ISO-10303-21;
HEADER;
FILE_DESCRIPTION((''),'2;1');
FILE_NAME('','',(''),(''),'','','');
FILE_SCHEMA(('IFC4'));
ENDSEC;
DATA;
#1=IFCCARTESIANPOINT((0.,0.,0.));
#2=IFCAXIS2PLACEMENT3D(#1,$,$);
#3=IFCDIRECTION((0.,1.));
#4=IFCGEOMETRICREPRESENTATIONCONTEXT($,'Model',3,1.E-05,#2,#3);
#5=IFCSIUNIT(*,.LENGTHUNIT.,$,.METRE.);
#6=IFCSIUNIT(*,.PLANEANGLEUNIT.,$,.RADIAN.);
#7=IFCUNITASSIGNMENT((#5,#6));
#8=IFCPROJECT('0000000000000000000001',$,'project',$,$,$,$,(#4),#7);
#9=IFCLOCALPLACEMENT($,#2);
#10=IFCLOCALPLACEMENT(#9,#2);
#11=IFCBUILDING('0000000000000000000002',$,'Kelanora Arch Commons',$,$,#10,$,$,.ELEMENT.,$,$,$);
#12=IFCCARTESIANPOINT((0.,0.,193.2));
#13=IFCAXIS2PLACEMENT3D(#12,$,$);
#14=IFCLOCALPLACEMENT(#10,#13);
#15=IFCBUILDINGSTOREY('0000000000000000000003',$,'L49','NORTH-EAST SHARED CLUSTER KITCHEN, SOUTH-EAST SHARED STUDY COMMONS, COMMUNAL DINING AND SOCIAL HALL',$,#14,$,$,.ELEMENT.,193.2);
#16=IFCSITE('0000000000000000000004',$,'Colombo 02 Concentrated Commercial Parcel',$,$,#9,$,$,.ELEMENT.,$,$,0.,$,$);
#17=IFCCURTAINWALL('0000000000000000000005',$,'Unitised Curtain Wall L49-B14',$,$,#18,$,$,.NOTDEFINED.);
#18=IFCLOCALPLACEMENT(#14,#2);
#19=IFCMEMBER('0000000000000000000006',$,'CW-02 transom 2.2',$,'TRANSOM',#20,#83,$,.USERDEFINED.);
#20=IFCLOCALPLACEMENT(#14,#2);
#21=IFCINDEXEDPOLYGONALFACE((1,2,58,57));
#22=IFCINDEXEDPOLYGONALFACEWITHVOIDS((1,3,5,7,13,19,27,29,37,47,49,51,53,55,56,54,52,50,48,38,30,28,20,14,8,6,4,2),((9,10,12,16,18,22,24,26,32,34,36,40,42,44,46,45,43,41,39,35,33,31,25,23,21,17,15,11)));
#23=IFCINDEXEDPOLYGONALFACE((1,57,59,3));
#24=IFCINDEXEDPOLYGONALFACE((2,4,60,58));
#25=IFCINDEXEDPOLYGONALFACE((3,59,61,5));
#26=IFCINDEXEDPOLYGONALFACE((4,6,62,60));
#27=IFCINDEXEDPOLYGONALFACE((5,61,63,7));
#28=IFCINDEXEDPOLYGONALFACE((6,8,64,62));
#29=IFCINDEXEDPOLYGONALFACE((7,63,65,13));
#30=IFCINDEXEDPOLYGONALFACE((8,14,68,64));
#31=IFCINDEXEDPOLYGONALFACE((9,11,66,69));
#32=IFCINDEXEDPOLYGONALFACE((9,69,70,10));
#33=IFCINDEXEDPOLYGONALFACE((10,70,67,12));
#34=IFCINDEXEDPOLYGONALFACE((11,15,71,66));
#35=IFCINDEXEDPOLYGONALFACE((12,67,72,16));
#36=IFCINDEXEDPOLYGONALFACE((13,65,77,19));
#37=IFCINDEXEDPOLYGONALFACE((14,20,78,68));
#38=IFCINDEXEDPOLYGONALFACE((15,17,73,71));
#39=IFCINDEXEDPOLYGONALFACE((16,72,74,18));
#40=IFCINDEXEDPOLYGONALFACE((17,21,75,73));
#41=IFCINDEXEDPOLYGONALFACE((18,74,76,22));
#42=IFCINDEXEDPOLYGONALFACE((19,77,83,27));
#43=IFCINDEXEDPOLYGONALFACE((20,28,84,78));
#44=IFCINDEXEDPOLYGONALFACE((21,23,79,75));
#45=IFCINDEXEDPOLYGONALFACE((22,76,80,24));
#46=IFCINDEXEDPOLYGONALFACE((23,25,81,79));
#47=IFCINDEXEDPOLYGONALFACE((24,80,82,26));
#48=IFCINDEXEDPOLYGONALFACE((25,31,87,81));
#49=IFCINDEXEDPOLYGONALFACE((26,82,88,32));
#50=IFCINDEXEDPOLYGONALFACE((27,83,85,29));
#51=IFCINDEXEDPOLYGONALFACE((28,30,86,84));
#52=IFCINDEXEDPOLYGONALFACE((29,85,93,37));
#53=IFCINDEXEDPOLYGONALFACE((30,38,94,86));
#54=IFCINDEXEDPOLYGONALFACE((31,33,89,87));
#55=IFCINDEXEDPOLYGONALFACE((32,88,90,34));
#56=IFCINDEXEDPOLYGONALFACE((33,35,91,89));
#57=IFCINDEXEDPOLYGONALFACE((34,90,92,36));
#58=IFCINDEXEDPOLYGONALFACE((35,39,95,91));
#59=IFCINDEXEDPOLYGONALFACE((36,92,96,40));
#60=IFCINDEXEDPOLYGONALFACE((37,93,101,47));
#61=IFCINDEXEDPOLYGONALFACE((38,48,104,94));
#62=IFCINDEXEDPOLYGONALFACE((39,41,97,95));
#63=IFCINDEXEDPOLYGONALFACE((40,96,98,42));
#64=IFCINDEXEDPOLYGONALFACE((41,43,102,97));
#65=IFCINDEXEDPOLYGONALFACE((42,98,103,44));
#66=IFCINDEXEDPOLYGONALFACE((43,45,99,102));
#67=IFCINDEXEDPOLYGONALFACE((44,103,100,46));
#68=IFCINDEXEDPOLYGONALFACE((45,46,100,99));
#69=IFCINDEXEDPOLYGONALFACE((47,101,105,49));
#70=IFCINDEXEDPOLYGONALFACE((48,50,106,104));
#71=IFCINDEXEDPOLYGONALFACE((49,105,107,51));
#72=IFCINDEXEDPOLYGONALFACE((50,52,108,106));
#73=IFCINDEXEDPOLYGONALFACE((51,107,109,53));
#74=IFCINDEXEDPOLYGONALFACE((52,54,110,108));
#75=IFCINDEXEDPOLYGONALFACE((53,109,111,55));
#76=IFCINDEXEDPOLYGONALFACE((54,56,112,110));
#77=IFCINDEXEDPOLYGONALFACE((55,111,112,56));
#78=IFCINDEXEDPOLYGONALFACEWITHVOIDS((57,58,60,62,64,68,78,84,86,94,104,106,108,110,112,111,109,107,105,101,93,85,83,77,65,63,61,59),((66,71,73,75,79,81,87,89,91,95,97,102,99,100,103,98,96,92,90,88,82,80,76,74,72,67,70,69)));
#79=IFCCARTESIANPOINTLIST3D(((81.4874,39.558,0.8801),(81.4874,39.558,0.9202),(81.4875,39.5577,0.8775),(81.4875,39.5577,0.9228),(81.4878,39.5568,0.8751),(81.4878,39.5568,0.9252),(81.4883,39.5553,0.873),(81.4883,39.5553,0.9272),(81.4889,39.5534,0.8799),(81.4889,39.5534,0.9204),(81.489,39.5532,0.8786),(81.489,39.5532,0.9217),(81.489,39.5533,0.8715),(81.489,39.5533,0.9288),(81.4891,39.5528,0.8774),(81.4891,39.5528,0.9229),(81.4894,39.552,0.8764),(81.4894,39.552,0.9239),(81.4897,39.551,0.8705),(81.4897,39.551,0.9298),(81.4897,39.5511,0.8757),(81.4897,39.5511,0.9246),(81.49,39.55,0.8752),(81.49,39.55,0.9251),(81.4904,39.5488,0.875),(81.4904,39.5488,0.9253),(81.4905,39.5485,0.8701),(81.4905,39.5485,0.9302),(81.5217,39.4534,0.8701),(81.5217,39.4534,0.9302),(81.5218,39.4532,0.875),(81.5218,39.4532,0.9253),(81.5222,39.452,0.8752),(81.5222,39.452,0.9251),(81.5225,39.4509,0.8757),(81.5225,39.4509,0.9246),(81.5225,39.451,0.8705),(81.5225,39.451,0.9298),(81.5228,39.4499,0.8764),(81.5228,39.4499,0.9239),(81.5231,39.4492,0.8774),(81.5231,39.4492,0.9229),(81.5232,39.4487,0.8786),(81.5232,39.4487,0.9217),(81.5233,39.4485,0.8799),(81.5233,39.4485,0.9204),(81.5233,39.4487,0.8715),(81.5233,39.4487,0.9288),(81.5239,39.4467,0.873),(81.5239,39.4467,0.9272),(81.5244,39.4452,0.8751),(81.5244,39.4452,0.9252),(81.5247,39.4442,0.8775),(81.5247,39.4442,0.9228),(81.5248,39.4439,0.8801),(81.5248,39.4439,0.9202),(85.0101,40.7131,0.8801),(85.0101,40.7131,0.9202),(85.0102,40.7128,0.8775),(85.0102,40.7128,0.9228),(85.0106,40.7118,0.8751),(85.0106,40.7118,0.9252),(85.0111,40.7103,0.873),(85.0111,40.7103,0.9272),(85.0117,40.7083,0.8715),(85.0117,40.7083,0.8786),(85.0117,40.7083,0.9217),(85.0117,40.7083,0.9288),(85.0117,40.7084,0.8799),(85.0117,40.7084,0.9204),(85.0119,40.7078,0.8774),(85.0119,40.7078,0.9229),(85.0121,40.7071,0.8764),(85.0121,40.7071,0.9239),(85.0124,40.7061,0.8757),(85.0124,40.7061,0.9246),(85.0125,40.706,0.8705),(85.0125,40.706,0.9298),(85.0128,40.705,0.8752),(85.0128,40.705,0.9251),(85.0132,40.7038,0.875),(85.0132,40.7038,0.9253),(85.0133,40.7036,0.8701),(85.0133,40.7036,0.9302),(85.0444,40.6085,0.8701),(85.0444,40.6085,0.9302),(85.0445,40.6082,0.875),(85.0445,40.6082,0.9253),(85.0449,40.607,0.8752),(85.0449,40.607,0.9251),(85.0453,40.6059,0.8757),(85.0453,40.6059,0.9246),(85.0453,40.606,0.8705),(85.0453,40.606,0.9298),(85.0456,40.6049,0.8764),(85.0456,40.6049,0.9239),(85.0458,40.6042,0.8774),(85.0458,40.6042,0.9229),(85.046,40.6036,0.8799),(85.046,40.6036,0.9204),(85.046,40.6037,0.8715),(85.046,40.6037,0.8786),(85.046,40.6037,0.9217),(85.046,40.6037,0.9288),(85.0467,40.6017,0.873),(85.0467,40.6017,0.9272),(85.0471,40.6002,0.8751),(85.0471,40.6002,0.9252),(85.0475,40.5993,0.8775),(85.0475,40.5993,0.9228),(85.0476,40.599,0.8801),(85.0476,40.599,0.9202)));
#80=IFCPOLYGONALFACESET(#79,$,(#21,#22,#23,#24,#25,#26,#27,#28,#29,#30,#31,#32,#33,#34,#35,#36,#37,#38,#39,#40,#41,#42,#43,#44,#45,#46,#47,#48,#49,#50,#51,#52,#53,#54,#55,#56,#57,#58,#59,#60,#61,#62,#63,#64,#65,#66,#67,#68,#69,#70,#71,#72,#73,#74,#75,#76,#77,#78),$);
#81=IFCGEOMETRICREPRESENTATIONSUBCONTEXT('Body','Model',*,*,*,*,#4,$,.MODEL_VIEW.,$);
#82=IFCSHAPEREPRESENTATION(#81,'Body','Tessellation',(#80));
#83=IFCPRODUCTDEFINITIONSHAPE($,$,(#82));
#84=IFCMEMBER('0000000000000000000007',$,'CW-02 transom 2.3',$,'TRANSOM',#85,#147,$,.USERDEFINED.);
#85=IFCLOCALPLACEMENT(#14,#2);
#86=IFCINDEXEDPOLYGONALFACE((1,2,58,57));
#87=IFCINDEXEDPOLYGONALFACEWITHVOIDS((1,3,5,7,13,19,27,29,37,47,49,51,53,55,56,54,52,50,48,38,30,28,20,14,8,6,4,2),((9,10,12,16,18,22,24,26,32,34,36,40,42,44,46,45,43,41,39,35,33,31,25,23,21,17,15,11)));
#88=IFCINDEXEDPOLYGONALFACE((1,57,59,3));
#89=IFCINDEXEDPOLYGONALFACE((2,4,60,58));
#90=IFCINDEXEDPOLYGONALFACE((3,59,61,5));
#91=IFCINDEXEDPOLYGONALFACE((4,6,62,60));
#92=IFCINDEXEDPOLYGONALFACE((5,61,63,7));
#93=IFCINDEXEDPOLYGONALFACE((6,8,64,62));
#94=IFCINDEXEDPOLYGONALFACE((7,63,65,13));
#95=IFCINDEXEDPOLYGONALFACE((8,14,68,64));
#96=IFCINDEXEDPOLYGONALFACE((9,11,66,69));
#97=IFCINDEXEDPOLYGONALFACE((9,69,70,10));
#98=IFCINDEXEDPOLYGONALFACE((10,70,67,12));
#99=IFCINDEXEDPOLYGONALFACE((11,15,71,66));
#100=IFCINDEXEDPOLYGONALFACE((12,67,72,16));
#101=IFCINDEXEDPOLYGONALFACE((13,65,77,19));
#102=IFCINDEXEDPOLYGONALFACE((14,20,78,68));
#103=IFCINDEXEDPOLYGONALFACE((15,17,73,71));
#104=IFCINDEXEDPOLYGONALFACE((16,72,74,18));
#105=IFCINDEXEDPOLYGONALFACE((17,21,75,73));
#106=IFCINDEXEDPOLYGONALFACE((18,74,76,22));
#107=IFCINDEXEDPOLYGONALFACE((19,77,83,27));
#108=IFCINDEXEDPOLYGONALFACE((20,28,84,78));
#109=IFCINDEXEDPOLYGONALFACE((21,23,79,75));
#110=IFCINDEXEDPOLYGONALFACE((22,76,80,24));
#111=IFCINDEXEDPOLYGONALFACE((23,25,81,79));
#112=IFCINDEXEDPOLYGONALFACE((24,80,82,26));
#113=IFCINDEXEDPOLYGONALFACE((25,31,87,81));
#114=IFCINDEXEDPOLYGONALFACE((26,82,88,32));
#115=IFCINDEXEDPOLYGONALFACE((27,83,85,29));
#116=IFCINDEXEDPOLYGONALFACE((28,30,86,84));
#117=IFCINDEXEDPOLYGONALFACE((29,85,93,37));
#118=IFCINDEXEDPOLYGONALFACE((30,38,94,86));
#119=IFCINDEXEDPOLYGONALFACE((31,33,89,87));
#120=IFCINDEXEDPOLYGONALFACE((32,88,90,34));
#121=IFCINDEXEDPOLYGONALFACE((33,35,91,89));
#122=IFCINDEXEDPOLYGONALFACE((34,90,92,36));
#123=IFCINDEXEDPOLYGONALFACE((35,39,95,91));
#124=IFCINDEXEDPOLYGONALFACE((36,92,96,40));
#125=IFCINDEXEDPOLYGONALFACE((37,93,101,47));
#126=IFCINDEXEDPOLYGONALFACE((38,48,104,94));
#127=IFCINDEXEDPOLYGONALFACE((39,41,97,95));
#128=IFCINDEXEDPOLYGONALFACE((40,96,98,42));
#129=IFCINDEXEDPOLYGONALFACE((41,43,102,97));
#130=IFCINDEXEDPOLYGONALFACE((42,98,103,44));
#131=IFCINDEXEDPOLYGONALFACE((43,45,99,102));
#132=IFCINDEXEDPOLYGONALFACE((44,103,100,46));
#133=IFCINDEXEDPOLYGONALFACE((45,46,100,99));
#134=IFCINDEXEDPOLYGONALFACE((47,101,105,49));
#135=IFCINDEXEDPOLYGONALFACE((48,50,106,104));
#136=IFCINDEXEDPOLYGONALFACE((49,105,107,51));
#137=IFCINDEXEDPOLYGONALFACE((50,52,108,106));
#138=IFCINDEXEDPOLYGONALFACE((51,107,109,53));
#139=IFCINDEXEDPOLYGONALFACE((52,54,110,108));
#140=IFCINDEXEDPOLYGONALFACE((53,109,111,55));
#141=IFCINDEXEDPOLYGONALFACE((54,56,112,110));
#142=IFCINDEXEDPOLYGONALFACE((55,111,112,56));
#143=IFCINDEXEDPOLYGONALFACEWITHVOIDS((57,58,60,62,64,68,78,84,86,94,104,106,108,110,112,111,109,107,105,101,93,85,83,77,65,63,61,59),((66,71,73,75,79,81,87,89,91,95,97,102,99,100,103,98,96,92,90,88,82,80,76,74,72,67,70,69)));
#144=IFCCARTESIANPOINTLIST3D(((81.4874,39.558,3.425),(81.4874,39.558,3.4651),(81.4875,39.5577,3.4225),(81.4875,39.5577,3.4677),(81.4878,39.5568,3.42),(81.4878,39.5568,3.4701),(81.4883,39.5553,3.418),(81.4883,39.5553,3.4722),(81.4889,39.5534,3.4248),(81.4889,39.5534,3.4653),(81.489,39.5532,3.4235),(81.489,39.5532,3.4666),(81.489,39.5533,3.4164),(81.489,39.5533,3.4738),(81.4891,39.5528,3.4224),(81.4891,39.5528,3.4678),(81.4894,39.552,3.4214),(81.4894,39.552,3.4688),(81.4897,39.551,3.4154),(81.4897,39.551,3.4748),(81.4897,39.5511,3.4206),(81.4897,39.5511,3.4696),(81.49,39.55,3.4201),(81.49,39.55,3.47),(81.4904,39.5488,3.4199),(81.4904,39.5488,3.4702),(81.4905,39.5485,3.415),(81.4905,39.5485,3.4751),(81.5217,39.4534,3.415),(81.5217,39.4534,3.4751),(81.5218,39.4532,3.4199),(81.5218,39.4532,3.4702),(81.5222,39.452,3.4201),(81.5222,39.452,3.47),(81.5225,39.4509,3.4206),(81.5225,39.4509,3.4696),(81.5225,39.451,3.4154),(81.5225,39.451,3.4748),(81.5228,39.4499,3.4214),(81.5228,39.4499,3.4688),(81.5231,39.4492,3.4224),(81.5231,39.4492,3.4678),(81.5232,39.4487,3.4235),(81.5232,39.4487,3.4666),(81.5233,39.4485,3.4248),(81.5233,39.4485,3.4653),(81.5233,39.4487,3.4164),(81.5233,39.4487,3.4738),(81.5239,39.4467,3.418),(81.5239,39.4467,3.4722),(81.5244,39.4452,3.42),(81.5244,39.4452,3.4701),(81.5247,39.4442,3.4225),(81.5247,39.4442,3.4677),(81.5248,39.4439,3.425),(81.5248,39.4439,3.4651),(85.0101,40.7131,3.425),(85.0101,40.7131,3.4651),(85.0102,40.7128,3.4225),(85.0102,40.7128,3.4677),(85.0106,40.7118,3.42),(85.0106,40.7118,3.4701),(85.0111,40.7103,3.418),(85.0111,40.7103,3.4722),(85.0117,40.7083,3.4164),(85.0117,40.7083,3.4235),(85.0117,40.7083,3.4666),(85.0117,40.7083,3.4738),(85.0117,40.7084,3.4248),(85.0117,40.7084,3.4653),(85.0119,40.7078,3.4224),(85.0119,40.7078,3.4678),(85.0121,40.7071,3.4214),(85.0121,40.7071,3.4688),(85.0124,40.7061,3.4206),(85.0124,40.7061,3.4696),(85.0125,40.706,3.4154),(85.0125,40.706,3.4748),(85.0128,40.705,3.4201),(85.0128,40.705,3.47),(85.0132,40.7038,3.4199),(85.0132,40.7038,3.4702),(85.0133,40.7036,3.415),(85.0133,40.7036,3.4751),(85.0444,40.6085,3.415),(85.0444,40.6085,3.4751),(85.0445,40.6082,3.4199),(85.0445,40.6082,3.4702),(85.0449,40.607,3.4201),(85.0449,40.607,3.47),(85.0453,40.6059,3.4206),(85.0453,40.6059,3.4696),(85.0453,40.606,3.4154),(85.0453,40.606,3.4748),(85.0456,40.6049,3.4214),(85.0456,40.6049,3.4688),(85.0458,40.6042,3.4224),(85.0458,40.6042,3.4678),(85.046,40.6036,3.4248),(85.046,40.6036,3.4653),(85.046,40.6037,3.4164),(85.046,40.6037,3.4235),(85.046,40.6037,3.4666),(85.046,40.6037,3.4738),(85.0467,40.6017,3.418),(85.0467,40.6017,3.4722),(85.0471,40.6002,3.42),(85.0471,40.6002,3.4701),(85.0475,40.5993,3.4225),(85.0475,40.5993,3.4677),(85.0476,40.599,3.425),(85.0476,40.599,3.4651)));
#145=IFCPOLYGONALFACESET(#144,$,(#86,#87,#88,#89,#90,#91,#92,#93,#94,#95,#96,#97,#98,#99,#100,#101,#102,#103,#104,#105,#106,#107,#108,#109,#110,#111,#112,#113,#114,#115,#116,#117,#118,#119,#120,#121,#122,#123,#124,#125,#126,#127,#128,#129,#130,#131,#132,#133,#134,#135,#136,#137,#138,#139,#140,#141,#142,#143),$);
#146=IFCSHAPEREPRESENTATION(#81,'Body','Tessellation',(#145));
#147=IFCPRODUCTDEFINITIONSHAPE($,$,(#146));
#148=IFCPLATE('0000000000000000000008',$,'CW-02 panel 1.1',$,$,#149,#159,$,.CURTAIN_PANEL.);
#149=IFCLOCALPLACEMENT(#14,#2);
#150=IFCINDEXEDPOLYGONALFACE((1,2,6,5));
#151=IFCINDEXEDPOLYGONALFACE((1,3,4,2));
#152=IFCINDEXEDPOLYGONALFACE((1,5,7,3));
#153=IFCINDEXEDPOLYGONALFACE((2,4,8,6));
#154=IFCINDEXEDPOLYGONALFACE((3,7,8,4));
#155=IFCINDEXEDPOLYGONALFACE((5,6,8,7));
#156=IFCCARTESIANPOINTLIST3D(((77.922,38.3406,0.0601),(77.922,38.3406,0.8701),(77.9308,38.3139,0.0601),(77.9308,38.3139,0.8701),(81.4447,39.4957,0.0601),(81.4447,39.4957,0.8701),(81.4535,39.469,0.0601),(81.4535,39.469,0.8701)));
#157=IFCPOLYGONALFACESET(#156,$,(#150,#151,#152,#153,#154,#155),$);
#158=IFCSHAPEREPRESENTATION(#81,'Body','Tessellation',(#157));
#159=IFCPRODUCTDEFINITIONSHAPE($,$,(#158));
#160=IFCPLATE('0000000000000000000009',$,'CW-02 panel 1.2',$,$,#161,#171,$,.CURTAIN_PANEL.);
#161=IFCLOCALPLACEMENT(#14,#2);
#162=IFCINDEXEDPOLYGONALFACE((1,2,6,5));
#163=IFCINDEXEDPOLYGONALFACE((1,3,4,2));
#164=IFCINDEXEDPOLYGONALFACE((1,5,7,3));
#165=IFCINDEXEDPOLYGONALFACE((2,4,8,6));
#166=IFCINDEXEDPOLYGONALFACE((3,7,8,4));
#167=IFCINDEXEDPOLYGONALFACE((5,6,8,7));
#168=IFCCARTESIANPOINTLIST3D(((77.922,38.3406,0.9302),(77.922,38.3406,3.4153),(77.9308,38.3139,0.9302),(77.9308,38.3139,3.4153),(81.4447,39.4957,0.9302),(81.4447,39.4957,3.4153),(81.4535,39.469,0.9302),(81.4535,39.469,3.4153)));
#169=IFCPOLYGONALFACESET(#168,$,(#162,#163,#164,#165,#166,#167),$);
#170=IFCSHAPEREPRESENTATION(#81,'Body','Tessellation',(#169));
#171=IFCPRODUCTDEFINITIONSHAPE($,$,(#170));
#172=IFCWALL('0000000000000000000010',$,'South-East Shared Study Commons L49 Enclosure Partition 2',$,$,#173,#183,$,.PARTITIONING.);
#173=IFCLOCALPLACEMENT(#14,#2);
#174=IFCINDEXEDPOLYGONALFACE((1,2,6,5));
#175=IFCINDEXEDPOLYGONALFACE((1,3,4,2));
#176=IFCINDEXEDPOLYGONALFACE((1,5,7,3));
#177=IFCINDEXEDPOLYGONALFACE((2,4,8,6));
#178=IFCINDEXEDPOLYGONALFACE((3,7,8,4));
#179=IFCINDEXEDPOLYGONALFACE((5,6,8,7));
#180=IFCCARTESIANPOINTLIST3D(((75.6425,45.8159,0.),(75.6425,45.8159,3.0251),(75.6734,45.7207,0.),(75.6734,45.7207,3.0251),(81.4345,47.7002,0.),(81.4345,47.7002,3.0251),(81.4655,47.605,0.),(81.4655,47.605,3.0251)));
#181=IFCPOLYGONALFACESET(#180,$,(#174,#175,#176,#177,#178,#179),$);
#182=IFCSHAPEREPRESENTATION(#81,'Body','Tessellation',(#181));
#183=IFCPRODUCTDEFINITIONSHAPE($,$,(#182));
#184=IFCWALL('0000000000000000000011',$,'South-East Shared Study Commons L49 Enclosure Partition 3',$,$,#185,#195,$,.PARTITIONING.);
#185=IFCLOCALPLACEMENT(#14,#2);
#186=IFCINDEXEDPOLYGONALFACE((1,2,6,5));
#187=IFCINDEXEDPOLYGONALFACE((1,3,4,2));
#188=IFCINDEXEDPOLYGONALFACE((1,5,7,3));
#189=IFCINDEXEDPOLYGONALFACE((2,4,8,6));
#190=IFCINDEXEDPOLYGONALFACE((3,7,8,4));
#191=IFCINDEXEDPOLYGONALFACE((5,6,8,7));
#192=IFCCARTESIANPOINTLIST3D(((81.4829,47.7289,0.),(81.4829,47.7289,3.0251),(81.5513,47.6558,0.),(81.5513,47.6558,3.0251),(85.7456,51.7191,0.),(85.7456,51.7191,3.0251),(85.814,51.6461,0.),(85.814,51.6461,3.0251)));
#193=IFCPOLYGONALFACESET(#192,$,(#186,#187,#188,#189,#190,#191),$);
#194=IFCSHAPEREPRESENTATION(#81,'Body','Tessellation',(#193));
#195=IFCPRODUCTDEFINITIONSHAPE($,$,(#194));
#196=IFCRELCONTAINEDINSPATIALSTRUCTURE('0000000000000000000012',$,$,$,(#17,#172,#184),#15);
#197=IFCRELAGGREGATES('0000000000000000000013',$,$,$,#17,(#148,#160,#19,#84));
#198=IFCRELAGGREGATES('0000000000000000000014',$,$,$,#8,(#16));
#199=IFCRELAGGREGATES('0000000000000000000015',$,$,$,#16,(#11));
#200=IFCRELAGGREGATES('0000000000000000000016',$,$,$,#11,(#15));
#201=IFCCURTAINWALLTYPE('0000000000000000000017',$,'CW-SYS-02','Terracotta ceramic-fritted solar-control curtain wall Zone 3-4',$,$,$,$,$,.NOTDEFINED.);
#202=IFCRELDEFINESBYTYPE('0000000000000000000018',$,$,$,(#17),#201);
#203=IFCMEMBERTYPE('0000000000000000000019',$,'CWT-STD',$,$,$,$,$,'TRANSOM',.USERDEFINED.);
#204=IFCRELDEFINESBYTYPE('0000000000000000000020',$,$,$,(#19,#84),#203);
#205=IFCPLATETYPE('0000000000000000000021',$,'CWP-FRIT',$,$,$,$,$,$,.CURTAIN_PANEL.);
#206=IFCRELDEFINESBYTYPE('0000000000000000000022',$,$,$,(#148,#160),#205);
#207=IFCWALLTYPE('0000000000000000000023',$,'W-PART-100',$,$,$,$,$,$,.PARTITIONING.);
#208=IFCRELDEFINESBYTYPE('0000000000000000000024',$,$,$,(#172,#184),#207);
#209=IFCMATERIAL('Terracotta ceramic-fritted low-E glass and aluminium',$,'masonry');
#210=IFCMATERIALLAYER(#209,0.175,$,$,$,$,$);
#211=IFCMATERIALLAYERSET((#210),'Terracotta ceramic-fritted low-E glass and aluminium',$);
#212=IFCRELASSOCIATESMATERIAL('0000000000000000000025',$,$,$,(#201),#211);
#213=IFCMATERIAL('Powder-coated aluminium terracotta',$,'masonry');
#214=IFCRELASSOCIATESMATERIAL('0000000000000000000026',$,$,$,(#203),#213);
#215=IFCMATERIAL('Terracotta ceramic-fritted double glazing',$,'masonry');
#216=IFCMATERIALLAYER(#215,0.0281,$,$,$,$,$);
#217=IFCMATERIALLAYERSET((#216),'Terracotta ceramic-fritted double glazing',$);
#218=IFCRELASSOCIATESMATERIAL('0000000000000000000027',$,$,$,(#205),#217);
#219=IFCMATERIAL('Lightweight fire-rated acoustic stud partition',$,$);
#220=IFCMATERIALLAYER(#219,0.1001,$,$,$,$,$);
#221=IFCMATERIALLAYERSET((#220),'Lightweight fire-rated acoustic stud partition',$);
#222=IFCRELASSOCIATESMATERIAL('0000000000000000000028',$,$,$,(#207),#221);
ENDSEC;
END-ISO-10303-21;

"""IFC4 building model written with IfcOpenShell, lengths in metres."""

from ifc_helpers import new_model, si_unit, direction, frame, frame_2d, origin, origin_2d, place, context, subcontext, project, spatial, rectangle, hollow_rectangle, extrude, source, transform, mapped, material, layer, layer_set, material_profile, profile_set, type_object, element, aggregate, save


model = new_model("IFC4")

# Units and contexts
model_context = context("Model", 3, precision=1e-05, world=origin(), true_north=direction((0.0, 1.0)))
body_context = subcontext(model_context, "Body", "Model", "MODEL_VIEW")
ifc_project = project(units=[si_unit("LENGTHUNIT", "METRE"), si_unit("PLANEANGLEUNIT", "RADIAN")], contexts=[model_context])

# Site, building, storey
site_placement = place(None, origin())
site = spatial("IfcSite", under=ifc_project, at=site_placement, Name="Colombo 02 Concentrated Commercial Parcel", CompositionType="ELEMENT", RefElevation=0.0)
building_placement = place(site_placement, origin())
building = spatial("IfcBuilding", under=site, at=building_placement, Name="Kelanora Arch Commons", CompositionType="ELEMENT")
storey_placement = place(building_placement, frame((0.0, 0.0, 193.2)))
storey = spatial("IfcBuildingStorey", under=building, at=storey_placement, Name="L49", Description="NORTH-EAST SHARED CLUSTER KITCHEN, SOUTH-EAST SHARED STUDY COMMONS, COMMUNAL DINING AND SOCIAL HALL", CompositionType="ELEMENT", Elevation=193.2)

# Curtain wall, members, plates
ifc_material_1 = material(Name="Terracotta ceramic-fritted low-E glass and aluminium", Category="masonry")
ifc_layer_1 = layer(ifc_material_1, 0.175)
ifc_layer_set_1 = layer_set([ifc_layer_1], Name="Terracotta ceramic-fritted low-E glass and aluminium")
curtain_wall_type = type_object("IfcCurtainWallType", Name="CW-SYS-02", Description="Terracotta ceramic-fritted solar-control curtain wall Zone 3-4", PredefinedType="NOTDEFINED", material=ifc_layer_set_1)
curtain_wall_placement = place(storey_placement, origin())
curtain_wall = element("IfcCurtainWall", 1, at=curtain_wall_placement, inside=storey, type_object=curtain_wall_type, Name="Unitised Curtain Wall L49-B14", PredefinedType="NOTDEFINED")
ifc_material_2 = material(Name="Powder-coated aluminium terracotta", Category="masonry")
ifc_material_profile_1 = material_profile(ifc_material_2, hollow_rectangle(XDim=0.1201, YDim=0.0601, WallThickness=0.0049, InnerFilletRadius=0.0049, OuterFilletRadius=0.01, at=origin_2d()), Name="CWT120x60")
ifc_profile_set_1 = profile_set([ifc_material_profile_1], Name="Powder-coated aluminium terracotta")
member_type_1 = type_object("IfcMemberType", Name="CWT-STD", ElementType="TRANSOM", PredefinedType="USERDEFINED", material=ifc_profile_set_1)
member_1_placement = place(storey_placement, frame((81.5061, 39.501, 0.9001), z_axis=(0.950226, 0.311561, 0.0), x_axis=(-0.311561, 0.950226, 0.0)))
member_1 = element("IfcMember", 2, at=member_1_placement, type_object=member_type_1, Name="CW-02 transom 2.2", ObjectType="TRANSOM", PredefinedType="USERDEFINED", context=body_context, shape_type="SweptSolid", body=[
    extrude(hollow_rectangle(XDim=0.1201, YDim=0.0601, WallThickness=0.0049, InnerFilletRadius=0.0049, OuterFilletRadius=0.01, at=origin_2d()), origin(), (0.0, 0.0, 1.0), 3.7073),
])
member_2_placement = place(storey_placement, frame((81.5061, 39.501, 3.4451), z_axis=(0.950226, 0.311561, 0.0), x_axis=(-0.311561, 0.950226, 0.0)))
member_2 = element("IfcMember", 3, at=member_2_placement, type_object=member_type_1, Name="CW-02 transom 2.3", ObjectType="TRANSOM", PredefinedType="USERDEFINED", context=body_context, shape_type="SweptSolid", body=[
    extrude(hollow_rectangle(XDim=0.1201, YDim=0.0601, WallThickness=0.0049, InnerFilletRadius=0.0049, OuterFilletRadius=0.01, at=origin_2d()), origin(), (0.0, 0.0, 1.0), 3.7073),
])
ifc_material_3 = material(Name="Terracotta ceramic-fritted double glazing", Category="masonry")
ifc_layer_2 = layer(ifc_material_3, 0.0281)
ifc_layer_set_2 = layer_set([ifc_layer_2], Name="Terracotta ceramic-fritted double glazing")
plate_type = type_object("IfcPlateType", Name="CWP-FRIT", PredefinedType="CURTAIN_PANEL", material=ifc_layer_set_2)
shared_shape_1 = source(origin(), body_context, "Body", "SweptSolid", [
    extrude(rectangle(XDim=3.7073, YDim=0.0281, at=origin_2d()), origin(), (0.0, 0.0, 1.0), 0.8101),
])
plate_1_placement = place(storey_placement, frame((79.6877, 38.9048, 0.0601), z_axis=(0.0, 0.0, 1.0), x_axis=(0.950219, 0.311582, 0.0)))
plate_1 = element("IfcPlate", 4, at=plate_1_placement, type_object=plate_type, Name="CW-02 panel 1.1", PredefinedType="CURTAIN_PANEL", context=body_context, shape_type="MappedRepresentation", body=[
    mapped(shared_shape_1, transform((0.0, 0.0, 0.0), scale=1.0)),
])
shared_shape_2 = source(origin(), body_context, "Body", "SweptSolid", [
    extrude(rectangle(XDim=3.7073, YDim=0.0281, at=origin_2d()), origin(), (0.0, 0.0, 1.0), 2.4851),
])
plate_2_placement = place(storey_placement, frame((79.6877, 38.9048, 0.9302), z_axis=(0.0, 0.0, 1.0), x_axis=(0.950219, 0.311582, 0.0)))
plate_2 = element("IfcPlate", 5, at=plate_2_placement, type_object=plate_type, Name="CW-02 panel 1.2", PredefinedType="CURTAIN_PANEL", context=body_context, shape_type="MappedRepresentation", body=[
    mapped(shared_shape_2, transform((0.0, 0.0, 0.0), scale=1.0)),
])
aggregate(curtain_wall, [plate_1, plate_2, member_1, member_2])

# Walls
ifc_material_4 = material(Name="Lightweight fire-rated acoustic stud partition")
ifc_layer_3 = layer(ifc_material_4, 0.1001)
ifc_layer_set_3 = layer_set([ifc_layer_3], Name="Lightweight fire-rated acoustic stud partition")
wall_type = type_object("IfcWallType", Name="W-PART-100", PredefinedType="PARTITIONING", material=ifc_layer_set_3)
wall_1_placement = place(storey_placement, frame((75.658, 45.7683, 0.0), z_axis=(0.0, 0.0, 1.0), x_axis=(0.950943, 0.309365, 0.0)))
element("IfcWall", 6, at=wall_1_placement, inside=storey, type_object=wall_type, Name="South-East Shared Study Commons L49 Enclosure Partition 2", PredefinedType="PARTITIONING", context=body_context, shape_type="SweptSolid", body=[
    extrude(rectangle(XDim=6.0908, YDim=0.1001, at=frame_2d((3.0454, 0.0))), origin(), (0.0, 0.0, 1.0), 3.0251),
])
wall_2_placement = place(storey_placement, frame((81.5171, 47.6924, 0.0), z_axis=(0.0, 0.0, 1.0), x_axis=(0.730053, 0.68339, 0.0)))
element("IfcWall", 7, at=wall_2_placement, inside=storey, type_object=wall_type, Name="South-East Shared Study Commons L49 Enclosure Partition 3", PredefinedType="PARTITIONING", context=body_context, shape_type="SweptSolid", body=[
    extrude(rectangle(XDim=5.8389, YDim=0.1001, at=frame_2d((2.9194, 0.0))), origin(), (0.0, 0.0, 1.0), 3.0251),
])

save(model, "model.ifc")
